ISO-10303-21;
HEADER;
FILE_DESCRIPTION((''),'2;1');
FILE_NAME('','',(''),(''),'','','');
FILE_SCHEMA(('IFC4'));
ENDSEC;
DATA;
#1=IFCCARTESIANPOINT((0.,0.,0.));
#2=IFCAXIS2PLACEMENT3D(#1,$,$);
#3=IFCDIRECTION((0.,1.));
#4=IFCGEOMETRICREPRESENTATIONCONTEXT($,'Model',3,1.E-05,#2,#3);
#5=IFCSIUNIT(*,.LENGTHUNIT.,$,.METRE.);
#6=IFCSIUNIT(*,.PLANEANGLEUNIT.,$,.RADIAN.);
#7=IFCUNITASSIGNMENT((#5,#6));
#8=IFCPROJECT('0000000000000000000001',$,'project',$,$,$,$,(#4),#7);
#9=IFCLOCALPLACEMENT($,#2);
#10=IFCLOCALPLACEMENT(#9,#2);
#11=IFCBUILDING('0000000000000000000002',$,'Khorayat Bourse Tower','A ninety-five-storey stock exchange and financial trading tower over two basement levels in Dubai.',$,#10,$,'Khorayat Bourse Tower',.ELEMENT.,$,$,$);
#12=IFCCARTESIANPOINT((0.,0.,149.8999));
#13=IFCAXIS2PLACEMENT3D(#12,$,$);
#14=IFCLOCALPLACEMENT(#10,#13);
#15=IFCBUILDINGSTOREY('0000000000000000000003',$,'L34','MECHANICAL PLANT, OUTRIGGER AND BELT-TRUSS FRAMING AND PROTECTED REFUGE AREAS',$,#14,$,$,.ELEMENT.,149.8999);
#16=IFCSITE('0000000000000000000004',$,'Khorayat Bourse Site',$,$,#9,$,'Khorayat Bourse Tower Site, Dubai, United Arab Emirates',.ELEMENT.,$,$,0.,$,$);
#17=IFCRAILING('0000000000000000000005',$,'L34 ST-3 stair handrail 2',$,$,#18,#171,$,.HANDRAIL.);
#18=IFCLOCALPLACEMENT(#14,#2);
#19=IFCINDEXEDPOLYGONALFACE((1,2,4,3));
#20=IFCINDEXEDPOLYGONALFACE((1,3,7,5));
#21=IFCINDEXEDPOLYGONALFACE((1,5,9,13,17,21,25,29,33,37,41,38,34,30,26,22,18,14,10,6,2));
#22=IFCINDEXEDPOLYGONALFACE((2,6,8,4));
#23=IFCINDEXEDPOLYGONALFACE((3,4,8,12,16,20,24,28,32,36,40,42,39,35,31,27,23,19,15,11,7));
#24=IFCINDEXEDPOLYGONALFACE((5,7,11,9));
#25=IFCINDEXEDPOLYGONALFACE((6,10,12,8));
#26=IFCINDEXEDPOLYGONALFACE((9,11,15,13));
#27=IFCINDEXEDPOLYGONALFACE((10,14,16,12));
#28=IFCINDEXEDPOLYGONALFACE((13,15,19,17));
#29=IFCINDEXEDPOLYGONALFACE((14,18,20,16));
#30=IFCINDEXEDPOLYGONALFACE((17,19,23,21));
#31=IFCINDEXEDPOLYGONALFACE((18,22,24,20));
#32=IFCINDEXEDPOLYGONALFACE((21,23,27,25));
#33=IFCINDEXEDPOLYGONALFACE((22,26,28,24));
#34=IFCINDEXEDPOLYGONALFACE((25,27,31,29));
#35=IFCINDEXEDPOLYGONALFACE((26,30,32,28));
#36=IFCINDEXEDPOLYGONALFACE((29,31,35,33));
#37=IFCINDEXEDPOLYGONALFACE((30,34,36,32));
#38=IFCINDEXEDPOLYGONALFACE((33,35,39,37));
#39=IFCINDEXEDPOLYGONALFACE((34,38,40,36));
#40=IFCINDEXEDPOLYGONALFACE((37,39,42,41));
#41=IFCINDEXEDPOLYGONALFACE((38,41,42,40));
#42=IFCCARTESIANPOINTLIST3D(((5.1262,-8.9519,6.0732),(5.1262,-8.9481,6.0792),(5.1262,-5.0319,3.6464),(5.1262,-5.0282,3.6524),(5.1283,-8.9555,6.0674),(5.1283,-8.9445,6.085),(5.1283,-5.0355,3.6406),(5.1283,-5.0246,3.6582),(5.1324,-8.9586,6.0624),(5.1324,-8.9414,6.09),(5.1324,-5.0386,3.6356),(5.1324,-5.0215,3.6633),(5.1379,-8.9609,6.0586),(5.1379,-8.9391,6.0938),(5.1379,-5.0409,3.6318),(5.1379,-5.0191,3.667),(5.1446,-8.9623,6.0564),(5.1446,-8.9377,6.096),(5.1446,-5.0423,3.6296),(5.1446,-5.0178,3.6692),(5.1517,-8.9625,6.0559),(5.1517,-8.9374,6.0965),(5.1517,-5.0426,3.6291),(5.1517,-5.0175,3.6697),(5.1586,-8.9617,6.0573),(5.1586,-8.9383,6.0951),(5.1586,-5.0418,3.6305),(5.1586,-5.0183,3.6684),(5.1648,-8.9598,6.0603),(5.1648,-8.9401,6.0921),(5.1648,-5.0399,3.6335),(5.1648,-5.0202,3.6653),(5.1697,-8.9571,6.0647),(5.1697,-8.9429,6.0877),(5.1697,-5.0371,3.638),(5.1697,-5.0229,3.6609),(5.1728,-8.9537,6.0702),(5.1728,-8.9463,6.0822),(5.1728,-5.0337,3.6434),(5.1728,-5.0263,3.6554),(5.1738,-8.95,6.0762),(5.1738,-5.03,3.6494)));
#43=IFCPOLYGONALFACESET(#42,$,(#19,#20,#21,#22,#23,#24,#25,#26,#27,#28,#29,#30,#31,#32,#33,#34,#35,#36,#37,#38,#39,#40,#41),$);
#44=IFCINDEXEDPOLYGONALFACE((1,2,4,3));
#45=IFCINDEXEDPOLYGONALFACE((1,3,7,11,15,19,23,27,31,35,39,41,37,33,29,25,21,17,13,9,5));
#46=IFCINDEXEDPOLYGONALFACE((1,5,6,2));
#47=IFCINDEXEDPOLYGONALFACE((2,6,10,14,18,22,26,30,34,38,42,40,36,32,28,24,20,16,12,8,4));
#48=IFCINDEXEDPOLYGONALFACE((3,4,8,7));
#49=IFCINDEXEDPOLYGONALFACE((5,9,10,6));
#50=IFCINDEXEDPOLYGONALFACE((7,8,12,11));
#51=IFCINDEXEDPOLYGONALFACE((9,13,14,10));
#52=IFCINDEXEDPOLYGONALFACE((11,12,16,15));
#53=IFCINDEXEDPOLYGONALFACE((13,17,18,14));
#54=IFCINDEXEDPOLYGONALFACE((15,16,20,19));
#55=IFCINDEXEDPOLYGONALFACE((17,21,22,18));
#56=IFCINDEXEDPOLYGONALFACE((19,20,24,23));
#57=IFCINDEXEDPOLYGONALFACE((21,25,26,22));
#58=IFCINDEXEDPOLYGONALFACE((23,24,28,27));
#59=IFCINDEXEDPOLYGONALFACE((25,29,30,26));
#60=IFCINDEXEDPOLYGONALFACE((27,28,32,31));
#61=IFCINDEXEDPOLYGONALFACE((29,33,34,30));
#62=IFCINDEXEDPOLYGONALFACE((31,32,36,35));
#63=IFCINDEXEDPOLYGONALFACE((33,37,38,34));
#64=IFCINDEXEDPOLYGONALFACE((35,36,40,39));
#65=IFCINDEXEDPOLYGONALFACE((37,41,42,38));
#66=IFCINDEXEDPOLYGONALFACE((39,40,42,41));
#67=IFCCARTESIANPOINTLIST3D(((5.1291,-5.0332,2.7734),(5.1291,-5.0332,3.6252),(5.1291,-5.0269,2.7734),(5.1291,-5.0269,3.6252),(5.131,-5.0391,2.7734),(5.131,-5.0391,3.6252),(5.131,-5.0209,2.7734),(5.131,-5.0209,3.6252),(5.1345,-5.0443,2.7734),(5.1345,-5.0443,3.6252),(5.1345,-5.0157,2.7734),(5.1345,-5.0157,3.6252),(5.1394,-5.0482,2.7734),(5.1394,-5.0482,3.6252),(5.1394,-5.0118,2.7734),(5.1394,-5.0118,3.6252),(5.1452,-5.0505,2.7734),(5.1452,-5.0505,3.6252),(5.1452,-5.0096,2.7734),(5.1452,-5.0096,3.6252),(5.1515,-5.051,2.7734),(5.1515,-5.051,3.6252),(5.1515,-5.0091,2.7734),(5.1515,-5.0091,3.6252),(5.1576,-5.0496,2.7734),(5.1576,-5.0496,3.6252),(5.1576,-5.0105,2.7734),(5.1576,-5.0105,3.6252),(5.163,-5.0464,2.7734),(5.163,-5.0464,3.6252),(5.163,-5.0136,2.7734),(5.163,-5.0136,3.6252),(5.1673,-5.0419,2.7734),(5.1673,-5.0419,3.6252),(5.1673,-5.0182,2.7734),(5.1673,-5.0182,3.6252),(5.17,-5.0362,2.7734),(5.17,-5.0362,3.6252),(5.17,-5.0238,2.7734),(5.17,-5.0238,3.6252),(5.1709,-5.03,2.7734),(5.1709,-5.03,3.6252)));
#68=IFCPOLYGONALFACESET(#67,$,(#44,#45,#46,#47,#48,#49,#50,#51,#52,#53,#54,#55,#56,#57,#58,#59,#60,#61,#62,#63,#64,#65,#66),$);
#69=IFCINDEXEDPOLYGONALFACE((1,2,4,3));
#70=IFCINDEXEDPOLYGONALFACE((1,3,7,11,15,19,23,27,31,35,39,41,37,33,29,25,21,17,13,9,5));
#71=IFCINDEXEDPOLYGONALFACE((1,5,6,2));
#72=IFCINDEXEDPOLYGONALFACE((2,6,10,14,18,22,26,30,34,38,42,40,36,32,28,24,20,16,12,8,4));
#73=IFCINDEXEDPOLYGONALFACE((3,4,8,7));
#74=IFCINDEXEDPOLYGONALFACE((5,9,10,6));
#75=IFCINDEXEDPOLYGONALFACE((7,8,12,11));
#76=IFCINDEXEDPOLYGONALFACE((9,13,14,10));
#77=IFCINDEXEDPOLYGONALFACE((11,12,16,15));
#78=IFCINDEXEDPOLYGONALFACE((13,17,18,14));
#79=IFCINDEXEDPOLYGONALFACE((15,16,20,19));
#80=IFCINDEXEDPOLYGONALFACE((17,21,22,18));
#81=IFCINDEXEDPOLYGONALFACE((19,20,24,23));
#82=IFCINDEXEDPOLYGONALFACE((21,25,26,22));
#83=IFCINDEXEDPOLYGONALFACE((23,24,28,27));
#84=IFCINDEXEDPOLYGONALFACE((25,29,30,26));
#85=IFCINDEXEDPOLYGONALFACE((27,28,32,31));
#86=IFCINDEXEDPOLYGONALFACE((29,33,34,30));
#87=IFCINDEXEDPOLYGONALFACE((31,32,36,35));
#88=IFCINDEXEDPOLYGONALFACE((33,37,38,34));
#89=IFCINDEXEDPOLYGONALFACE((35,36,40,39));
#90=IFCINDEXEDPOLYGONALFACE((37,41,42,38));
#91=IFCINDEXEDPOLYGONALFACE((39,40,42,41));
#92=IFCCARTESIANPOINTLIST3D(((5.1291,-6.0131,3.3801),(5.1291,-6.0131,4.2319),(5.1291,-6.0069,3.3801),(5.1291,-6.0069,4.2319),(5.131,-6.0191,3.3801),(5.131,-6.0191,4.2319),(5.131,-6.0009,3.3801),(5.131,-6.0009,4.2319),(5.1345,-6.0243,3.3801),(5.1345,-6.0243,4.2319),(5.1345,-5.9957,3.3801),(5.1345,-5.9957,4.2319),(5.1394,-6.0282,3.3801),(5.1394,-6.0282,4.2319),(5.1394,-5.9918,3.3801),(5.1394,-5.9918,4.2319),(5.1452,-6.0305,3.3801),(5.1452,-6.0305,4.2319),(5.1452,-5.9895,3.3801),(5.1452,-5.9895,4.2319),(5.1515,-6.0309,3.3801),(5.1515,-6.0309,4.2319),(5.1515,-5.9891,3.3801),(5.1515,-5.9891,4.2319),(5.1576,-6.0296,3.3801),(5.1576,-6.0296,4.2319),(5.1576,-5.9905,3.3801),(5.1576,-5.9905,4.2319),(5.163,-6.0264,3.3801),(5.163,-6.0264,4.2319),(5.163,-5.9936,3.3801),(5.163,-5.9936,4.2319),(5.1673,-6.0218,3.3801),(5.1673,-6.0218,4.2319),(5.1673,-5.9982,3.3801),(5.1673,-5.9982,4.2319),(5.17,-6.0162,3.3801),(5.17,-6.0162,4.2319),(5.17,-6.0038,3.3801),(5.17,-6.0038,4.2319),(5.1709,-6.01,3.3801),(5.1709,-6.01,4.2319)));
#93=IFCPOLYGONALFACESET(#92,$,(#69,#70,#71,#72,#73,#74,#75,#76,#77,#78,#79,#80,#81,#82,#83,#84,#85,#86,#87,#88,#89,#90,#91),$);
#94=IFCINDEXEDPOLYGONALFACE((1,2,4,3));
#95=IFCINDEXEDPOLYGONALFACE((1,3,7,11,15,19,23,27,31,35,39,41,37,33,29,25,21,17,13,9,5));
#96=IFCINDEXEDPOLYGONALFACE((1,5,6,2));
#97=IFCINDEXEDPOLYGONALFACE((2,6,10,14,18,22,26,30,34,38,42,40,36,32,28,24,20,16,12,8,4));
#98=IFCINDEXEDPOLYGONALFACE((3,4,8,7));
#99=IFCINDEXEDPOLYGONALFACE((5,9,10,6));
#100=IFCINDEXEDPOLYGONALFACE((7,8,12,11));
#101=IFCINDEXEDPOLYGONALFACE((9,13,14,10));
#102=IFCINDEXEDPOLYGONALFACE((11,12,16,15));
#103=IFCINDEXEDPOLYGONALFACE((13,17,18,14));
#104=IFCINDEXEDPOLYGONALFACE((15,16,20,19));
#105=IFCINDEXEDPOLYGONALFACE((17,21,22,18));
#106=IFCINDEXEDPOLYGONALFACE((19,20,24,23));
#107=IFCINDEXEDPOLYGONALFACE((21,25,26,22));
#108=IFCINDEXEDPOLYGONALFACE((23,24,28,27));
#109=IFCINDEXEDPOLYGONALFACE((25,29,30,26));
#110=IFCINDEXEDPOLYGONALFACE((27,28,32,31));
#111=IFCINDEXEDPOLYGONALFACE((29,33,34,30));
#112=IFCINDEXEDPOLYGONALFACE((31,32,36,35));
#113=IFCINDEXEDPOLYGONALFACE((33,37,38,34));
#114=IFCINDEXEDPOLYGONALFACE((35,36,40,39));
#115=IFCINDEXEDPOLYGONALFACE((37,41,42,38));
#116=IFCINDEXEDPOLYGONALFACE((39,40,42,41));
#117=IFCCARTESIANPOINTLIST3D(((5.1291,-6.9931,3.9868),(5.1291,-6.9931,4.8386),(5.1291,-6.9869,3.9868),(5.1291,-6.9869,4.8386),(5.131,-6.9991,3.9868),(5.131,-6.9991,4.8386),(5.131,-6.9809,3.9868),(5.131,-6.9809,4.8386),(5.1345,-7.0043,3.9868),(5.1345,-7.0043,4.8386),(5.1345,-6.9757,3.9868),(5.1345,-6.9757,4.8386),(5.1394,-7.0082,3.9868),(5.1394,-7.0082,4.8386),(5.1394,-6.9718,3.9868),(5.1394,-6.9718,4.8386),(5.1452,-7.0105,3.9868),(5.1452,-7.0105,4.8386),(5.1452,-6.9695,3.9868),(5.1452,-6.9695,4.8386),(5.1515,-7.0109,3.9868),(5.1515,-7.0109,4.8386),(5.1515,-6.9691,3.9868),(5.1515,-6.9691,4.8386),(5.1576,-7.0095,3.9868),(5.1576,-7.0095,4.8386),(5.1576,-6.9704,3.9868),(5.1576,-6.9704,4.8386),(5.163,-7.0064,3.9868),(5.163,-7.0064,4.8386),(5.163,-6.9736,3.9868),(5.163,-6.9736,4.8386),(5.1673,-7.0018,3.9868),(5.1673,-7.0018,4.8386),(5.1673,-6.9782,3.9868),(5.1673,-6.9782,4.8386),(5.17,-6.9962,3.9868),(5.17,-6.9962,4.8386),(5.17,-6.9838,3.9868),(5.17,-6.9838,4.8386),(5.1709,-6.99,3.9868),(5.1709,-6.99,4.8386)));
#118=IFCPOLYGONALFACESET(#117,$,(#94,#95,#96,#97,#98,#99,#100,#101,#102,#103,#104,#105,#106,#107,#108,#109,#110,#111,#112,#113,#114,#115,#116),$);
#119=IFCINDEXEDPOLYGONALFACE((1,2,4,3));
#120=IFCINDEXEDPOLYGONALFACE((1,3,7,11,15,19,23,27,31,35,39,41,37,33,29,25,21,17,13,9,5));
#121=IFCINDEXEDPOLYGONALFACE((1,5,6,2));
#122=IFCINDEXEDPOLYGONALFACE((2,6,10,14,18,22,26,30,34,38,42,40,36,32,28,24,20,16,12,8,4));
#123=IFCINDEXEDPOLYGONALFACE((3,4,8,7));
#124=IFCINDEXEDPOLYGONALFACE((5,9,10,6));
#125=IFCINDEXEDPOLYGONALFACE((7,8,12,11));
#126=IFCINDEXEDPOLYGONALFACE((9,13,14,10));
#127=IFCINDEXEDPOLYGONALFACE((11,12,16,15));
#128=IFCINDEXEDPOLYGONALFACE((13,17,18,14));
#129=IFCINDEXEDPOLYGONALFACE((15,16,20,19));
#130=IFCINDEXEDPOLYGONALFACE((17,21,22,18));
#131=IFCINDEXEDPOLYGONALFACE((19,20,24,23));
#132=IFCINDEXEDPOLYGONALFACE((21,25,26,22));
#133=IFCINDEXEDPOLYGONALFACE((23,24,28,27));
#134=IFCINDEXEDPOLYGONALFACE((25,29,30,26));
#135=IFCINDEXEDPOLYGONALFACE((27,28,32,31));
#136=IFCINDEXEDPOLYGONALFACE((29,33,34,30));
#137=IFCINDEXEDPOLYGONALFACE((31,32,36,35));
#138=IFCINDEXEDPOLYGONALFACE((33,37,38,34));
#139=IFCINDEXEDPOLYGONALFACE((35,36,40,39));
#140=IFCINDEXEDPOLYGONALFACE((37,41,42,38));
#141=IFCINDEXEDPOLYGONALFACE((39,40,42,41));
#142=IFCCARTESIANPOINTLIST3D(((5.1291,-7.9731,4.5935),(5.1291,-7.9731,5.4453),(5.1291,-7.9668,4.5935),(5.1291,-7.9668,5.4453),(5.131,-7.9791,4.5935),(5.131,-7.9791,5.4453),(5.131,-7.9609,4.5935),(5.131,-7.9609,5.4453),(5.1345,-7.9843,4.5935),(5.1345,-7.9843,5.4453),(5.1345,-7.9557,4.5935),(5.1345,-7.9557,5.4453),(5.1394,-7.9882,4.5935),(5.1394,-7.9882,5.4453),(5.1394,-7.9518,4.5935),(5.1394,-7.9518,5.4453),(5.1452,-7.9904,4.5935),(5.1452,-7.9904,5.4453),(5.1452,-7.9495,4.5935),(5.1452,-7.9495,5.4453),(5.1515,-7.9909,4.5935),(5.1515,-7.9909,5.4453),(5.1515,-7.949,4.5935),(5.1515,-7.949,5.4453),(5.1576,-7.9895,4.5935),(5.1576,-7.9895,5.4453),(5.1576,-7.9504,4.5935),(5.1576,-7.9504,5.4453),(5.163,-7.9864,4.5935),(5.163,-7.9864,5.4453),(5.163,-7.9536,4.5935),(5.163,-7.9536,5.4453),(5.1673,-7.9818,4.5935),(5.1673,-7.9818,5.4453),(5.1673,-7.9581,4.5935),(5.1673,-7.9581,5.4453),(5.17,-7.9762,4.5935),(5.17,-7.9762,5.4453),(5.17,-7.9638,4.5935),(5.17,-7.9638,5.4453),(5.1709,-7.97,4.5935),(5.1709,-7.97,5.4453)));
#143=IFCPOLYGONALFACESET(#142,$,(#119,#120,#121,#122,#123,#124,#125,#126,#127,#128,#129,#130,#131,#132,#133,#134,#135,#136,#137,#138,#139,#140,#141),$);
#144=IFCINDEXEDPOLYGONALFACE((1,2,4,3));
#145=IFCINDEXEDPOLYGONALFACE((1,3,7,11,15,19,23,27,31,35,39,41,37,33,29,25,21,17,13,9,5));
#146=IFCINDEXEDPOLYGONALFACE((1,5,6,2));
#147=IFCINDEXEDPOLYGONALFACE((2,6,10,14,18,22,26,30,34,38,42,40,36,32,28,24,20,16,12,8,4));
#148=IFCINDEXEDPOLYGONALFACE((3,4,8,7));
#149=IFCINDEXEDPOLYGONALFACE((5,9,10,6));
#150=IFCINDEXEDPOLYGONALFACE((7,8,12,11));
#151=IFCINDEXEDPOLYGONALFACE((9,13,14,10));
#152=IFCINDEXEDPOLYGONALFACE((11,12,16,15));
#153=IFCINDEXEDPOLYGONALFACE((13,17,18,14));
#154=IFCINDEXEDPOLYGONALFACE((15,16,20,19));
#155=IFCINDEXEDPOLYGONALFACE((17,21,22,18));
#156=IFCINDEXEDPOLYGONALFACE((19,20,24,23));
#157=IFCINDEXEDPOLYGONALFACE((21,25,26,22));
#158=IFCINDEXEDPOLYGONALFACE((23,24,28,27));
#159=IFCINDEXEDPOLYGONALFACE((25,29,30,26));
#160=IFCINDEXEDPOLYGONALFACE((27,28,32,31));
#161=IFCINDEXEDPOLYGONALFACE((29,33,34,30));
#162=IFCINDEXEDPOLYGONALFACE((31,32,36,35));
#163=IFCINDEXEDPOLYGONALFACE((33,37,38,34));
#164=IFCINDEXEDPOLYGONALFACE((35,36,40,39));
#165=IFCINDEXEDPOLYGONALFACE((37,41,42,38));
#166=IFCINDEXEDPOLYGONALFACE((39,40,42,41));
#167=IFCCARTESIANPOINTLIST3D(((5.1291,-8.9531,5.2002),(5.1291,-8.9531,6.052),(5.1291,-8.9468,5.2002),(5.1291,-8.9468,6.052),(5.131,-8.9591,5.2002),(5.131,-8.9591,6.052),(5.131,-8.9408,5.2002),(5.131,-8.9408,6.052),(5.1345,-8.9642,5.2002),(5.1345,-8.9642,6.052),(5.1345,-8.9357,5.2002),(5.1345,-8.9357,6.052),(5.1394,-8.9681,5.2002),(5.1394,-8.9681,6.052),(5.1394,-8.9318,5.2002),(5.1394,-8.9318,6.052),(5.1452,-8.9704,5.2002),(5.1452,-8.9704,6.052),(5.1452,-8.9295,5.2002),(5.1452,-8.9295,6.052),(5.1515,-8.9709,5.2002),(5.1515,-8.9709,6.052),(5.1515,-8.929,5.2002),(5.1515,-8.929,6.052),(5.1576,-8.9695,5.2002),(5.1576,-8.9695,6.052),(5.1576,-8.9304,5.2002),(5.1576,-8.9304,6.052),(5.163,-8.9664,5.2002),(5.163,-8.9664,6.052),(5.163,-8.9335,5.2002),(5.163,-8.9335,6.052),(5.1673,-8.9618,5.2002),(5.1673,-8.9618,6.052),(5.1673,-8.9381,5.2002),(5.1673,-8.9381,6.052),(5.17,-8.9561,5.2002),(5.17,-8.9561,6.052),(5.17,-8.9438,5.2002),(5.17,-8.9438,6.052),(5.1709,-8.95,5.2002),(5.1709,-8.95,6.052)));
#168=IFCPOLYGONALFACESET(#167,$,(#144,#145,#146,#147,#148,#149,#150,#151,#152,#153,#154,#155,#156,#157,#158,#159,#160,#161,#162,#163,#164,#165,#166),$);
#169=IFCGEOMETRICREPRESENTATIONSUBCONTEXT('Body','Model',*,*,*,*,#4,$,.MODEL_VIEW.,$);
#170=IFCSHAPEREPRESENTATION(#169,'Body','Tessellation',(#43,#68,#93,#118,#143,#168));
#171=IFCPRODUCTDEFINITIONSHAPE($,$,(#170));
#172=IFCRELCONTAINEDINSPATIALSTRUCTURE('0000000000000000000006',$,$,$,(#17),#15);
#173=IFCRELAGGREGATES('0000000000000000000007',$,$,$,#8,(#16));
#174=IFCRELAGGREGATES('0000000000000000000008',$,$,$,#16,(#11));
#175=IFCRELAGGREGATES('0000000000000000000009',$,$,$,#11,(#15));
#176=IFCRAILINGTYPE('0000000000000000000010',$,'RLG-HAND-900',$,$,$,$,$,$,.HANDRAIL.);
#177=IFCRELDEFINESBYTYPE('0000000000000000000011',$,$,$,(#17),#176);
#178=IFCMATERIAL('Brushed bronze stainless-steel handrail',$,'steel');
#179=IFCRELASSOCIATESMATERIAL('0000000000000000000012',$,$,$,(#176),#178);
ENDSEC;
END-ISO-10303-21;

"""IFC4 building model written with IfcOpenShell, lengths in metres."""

from ifc_helpers import new_model, si_unit, direction, frame, origin, origin_2d, place, context, subcontext, project, spatial, circle, extrude, source, transform, mapped, material, type_object, element, save


model = new_model("IFC4")

# Units and contexts
model_context = context("Model", 3, precision=1e-05, world=origin(), true_north=direction((0.0, 1.0)))
body_context = subcontext(model_context, "Body", "Model", "MODEL_VIEW")
ifc_project = project(units=[si_unit("LENGTHUNIT", "METRE"), si_unit("PLANEANGLEUNIT", "RADIAN")], contexts=[model_context])

# Site, building, storey
site_placement = place(None, origin())
site = spatial("IfcSite", under=ifc_project, at=site_placement, Name="Khorayat Bourse Site", LongName="Khorayat Bourse Tower Site, Dubai, United Arab Emirates", CompositionType="ELEMENT", RefElevation=0.0)
building_placement = place(site_placement, origin())
building = spatial("IfcBuilding", under=site, at=building_placement, Name="Khorayat Bourse Tower", Description="A ninety-five-storey stock exchange and financial trading tower over two basement levels in Dubai.", LongName="Khorayat Bourse Tower", CompositionType="ELEMENT")
storey_placement = place(building_placement, frame((0.0, 0.0, 149.8999)))
storey = spatial("IfcBuildingStorey", under=building, at=storey_placement, Name="L34", Description="MECHANICAL PLANT, OUTRIGGER AND BELT-TRUSS FRAMING AND PROTECTED REFUGE AREAS", CompositionType="ELEMENT", Elevation=149.8999)

# Railing
ifc_material_1 = material(Name="Brushed bronze stainless-steel handrail", Category="steel")
railing_type_1 = type_object("IfcRailingType", Name="RLG-HAND-900", PredefinedType="HANDRAIL", material=ifc_material_1)
shared_shape_1 = source(origin(), body_context, "Body", "SweptSolid", [
    extrude(circle(Radius=0.0239, at=origin_2d()), frame((0.0, 0.0, 0.876), z_axis=(0.0, -0.850252, 0.526376), x_axis=(1.0, 0.0, 0.0)), (0.0, 0.0, 1.0), 4.6104),
    extrude(circle(Radius=0.021, at=origin_2d()), origin(), (0.0, 0.0, 1.0), 0.8518),
    extrude(circle(Radius=0.021, at=origin_2d()), frame((0.0, -0.98, 0.6067)), (0.0, 0.0, 1.0), 0.8518),
    extrude(circle(Radius=0.021, at=origin_2d()), frame((0.0, -1.96, 1.2134)), (0.0, 0.0, 1.0), 0.8518),
    extrude(circle(Radius=0.021, at=origin_2d()), frame((0.0, -2.9399, 1.8201)), (0.0, 0.0, 1.0), 0.8518),
    extrude(circle(Radius=0.021, at=origin_2d()), frame((0.0, -3.9199, 2.4268)), (0.0, 0.0, 1.0), 0.8518),
])
railing_1_placement = place(storey_placement, frame((5.1499, -5.03, 2.7734)))
element("IfcRailing", 1, at=railing_1_placement, inside=storey, type_object=railing_type_1, Name="L34 ST-3 stair handrail 2", PredefinedType="HANDRAIL", context=body_context, shape_type="MappedRepresentation", body=[
    mapped(shared_shape_1, transform((0.0, 0.0, 0.0), scale=1.0)),
])

save(model, "model.ifc")
